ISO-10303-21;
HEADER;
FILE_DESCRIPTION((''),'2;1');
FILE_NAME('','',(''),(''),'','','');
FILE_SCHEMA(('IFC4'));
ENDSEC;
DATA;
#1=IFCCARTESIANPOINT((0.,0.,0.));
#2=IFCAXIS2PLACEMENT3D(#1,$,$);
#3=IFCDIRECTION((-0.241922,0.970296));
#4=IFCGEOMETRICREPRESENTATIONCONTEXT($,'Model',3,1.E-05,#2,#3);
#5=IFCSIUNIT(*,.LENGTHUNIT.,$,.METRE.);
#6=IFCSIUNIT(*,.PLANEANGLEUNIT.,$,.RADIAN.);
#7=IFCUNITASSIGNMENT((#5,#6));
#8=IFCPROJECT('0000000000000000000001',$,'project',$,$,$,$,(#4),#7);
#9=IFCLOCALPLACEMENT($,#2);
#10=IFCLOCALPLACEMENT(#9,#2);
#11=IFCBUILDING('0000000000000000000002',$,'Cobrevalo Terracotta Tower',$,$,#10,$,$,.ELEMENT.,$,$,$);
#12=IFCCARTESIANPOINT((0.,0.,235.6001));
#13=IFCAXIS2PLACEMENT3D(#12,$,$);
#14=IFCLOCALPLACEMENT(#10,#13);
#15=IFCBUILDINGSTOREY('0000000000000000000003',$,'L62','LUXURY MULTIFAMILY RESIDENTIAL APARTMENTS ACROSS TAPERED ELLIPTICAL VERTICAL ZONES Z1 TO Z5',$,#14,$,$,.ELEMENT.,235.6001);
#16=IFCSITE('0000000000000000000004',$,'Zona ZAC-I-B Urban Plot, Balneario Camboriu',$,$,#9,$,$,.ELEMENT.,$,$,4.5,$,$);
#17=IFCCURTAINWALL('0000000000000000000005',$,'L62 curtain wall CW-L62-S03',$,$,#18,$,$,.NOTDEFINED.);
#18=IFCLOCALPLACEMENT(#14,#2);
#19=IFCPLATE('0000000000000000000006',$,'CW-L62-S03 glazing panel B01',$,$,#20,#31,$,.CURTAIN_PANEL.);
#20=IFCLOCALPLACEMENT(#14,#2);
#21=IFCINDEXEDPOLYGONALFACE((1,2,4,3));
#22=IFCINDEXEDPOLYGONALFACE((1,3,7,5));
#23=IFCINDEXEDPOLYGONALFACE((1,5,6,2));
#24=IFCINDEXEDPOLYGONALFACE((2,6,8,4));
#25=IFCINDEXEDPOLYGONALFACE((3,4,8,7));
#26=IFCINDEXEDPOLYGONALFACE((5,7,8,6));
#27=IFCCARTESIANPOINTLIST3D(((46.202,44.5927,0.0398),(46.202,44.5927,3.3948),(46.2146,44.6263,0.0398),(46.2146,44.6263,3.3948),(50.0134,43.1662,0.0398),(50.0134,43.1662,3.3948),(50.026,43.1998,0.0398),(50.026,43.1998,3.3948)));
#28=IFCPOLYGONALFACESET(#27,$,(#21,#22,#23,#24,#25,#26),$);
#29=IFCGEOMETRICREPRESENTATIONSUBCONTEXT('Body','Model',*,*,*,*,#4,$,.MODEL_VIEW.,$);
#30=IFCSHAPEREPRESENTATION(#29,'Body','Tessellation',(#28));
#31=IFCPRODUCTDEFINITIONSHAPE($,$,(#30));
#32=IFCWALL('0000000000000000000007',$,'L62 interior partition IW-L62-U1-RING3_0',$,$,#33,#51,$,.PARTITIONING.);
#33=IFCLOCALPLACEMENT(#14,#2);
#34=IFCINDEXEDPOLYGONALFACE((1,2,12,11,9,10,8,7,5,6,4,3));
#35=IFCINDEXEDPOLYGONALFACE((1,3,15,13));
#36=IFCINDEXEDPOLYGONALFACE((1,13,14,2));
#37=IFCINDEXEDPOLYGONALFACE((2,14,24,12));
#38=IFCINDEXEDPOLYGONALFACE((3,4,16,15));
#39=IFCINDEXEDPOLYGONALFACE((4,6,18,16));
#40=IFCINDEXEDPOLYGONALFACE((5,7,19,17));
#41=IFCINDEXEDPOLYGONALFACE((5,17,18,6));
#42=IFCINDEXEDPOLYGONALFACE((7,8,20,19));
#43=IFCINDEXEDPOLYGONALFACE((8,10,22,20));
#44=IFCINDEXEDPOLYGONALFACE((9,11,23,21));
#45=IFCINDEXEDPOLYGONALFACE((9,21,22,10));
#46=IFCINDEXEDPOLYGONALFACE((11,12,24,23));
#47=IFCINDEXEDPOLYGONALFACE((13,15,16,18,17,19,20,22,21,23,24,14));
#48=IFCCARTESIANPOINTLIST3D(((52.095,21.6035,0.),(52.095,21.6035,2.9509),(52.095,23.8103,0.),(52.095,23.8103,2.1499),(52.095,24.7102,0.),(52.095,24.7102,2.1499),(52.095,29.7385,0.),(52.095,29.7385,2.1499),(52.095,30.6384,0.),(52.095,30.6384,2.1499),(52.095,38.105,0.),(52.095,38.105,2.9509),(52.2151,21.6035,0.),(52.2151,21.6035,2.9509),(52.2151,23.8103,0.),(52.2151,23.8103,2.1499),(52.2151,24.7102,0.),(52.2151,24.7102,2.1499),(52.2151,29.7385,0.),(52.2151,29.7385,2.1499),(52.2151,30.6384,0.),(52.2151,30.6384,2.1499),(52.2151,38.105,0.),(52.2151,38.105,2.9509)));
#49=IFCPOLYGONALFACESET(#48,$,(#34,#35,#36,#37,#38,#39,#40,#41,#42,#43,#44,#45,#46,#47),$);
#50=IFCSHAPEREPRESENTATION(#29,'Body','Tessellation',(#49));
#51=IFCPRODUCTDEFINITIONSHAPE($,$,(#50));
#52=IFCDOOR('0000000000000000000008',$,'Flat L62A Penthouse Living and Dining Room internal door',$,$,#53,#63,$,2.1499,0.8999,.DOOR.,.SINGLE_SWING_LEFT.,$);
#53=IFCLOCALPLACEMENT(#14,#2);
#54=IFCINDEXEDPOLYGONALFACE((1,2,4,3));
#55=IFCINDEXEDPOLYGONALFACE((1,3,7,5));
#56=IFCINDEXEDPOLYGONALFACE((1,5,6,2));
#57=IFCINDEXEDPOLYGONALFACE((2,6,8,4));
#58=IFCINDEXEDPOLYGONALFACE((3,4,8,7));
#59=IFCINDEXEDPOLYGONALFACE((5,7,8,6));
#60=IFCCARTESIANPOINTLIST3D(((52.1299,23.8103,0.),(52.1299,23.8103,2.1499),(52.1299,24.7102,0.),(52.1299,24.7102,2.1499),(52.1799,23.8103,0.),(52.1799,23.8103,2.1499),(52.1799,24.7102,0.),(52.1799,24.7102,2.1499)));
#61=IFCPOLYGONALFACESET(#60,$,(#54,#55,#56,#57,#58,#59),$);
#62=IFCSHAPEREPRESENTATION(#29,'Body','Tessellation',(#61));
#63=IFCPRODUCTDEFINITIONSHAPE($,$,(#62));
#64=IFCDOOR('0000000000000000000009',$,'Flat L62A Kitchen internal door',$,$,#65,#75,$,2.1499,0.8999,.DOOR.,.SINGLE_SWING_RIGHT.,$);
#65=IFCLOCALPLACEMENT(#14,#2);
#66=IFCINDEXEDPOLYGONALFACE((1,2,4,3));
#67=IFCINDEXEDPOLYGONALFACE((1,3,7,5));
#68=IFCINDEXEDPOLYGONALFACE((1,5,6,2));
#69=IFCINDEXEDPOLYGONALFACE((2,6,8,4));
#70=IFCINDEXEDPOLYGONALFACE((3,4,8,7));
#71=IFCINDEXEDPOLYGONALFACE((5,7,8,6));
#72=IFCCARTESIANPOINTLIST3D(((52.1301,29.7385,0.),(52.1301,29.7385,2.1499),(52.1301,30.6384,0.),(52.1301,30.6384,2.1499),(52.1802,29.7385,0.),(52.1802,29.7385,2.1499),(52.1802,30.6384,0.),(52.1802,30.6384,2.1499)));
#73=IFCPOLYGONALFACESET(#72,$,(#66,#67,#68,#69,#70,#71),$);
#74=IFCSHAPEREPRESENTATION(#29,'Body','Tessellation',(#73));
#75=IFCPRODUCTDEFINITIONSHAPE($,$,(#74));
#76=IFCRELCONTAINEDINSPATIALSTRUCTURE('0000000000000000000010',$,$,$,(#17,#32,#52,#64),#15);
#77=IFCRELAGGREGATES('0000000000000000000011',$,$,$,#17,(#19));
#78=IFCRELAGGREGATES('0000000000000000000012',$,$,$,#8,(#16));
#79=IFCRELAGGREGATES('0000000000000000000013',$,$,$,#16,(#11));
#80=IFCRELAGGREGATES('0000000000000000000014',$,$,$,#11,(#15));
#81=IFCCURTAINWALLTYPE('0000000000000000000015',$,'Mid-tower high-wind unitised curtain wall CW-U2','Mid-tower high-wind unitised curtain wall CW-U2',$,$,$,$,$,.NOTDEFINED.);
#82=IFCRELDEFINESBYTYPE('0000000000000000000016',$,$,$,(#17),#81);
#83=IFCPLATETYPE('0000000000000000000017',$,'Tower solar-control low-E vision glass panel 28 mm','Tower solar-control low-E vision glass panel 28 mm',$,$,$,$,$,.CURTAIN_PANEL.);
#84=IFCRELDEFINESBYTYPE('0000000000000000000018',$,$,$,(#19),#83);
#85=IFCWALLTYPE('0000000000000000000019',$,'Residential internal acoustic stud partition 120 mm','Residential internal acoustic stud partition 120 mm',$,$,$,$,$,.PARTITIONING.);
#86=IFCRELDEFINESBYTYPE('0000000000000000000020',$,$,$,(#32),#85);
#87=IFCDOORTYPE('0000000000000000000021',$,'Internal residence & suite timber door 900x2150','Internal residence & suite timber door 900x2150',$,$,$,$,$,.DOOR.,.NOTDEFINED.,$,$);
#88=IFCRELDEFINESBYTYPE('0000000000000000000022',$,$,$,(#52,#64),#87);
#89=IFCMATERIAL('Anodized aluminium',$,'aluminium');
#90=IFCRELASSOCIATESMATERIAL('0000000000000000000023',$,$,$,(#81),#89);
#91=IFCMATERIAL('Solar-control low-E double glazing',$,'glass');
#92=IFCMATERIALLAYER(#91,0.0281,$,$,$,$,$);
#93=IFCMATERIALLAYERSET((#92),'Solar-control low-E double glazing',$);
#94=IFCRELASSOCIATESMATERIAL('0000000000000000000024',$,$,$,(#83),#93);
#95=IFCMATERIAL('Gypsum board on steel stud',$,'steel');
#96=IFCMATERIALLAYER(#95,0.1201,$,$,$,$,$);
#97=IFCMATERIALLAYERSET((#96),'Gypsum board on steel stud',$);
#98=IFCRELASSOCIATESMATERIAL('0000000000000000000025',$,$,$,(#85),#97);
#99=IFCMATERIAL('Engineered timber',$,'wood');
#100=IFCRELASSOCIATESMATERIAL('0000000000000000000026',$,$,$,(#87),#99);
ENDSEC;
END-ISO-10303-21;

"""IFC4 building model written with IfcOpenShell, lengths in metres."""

from ifc_helpers import new_model, si_unit, direction, frame, frame_2d, origin, origin_2d, place, context, subcontext, project, spatial, rectangle, extrude, source, transform, mapped, material, layer, layer_set, type_object, element, fill, aggregate, save


model = new_model("IFC4")

# Units and contexts
model_context = context("Model", 3, precision=1e-05, world=origin(), true_north=direction((-0.241922, 0.970296)))
body_context = subcontext(model_context, "Body", "Model", "MODEL_VIEW")
ifc_project = project(units=[si_unit("LENGTHUNIT", "METRE"), si_unit("PLANEANGLEUNIT", "RADIAN")], contexts=[model_context])

# Site, building, storey
site_placement = place(None, origin())
site = spatial("IfcSite", under=ifc_project, at=site_placement, Name="Zona ZAC-I-B Urban Plot, Balneario Camboriu", CompositionType="ELEMENT", RefElevation=4.5)
building_placement = place(site_placement, origin())
building = spatial("IfcBuilding", under=site, at=building_placement, Name="Cobrevalo Terracotta Tower", CompositionType="ELEMENT")
storey_placement = place(building_placement, frame((0.0, 0.0, 235.6001)))
storey = spatial("IfcBuildingStorey", under=building, at=storey_placement, Name="L62", Description="LUXURY MULTIFAMILY RESIDENTIAL APARTMENTS ACROSS TAPERED ELLIPTICAL VERTICAL ZONES Z1 TO Z5", CompositionType="ELEMENT", Elevation=235.6001)

# Curtain wall
ifc_material_1 = material(Name="Anodized aluminium", Category="aluminium")
curtain_wall_type = type_object("IfcCurtainWallType", Name="Mid-tower high-wind unitised curtain wall CW-U2", Description="Mid-tower high-wind unitised curtain wall CW-U2", PredefinedType="NOTDEFINED", material=ifc_material_1)
curtain_wall_1_placement = place(storey_placement, origin())
curtain_wall_1 = element("IfcCurtainWall", 1, at=curtain_wall_1_placement, inside=storey, type_object=curtain_wall_type, Name="L62 curtain wall CW-L62-S03", PredefinedType="NOTDEFINED")

# Plate
ifc_material_2 = material(Name="Solar-control low-E double glazing", Category="glass")
ifc_layer_1 = layer(ifc_material_2, 0.0281)
ifc_layer_set_1 = layer_set([ifc_layer_1], Name="Solar-control low-E double glazing")
plate_type = type_object("IfcPlateType", Name="Tower solar-control low-E vision glass panel 28 mm", Description="Tower solar-control low-E vision glass panel 28 mm", PredefinedType="CURTAIN_PANEL", material=ifc_layer_set_1)
shared_shape_1 = source(origin(), body_context, "Body", "SweptSolid", [
    extrude(rectangle(XDim=4.0696, YDim=0.0359, at=origin_2d()), origin(), (0.0, 0.0, 1.0), 3.355),
])
plate_1_placement = place(storey_placement, frame((48.114, 43.8962, 0.0398), z_axis=(0.0, 0.0, 1.0), x_axis=(-0.936558, 0.350513, 0.0)))
plate_1 = element("IfcPlate", 2, at=plate_1_placement, type_object=plate_type, Name="CW-L62-S03 glazing panel B01", PredefinedType="CURTAIN_PANEL", context=body_context, shape_type="MappedRepresentation", body=[
    mapped(shared_shape_1, transform((0.0, 0.0, 0.0), scale=1.0)),
])
aggregate(curtain_wall_1, [plate_1])

# Wall, openings, doors
ifc_material_3 = material(Name="Gypsum board on steel stud", Category="steel")
ifc_layer_2 = layer(ifc_material_3, 0.1201)
ifc_layer_set_2 = layer_set([ifc_layer_2], Name="Gypsum board on steel stud")
wall_type = type_object("IfcWallType", Name="Residential internal acoustic stud partition 120 mm", Description="Residential internal acoustic stud partition 120 mm", PredefinedType="PARTITIONING", material=ifc_layer_set_2)
wall_placement = place(storey_placement, frame((52.155, 38.105, 0.0), z_axis=(0.0, 0.0, 1.0), x_axis=(0.0, -1.0, 0.0)))
wall = element("IfcWall", 3, at=wall_placement, inside=storey, type_object=wall_type, Name="L62 interior partition IW-L62-U1-RING3_0", PredefinedType="PARTITIONING", context=body_context, shape_type="SweptSolid", body=[
    extrude(rectangle(XDim=16.5015, YDim=0.1201, at=frame_2d((8.2507, 0.0))), origin(), (0.0, 0.0, 1.0), 2.9509),
])
opening_1_placement = place(wall_placement, frame((13.3948, 0.0, 0.0)))
opening_1 = element("IfcOpeningElement", 4, at=opening_1_placement, cuts=wall, PredefinedType="OPENING", context=body_context, shape_type="SweptSolid", body=[
    extrude(rectangle(XDim=0.8999, YDim=2.1499, at=frame_2d((0.45, 1.075))), frame((0.0, 0.0701, 0.0), z_axis=(0.0, -1.0, 0.0), x_axis=(1.0, 0.0, 0.0)), (0.0, 0.0, 1.0), 0.1401),
])
opening_2_placement = place(wall_placement, frame((7.4666, 0.0, 0.0)))
opening_2 = element("IfcOpeningElement", 5, at=opening_2_placement, cuts=wall, PredefinedType="OPENING", context=body_context, shape_type="SweptSolid", body=[
    extrude(rectangle(XDim=0.8999, YDim=2.1499, at=frame_2d((0.45, 1.075))), frame((0.0, 0.0701, 0.0), z_axis=(0.0, -1.0, 0.0), x_axis=(1.0, 0.0, 0.0)), (0.0, 0.0, 1.0), 0.1401),
])
ifc_material_4 = material(Name="Engineered timber", Category="wood")
door_type = type_object("IfcDoorType", Name="Internal residence & suite timber door 900x2150", Description="Internal residence & suite timber door 900x2150", OperationType="NOTDEFINED", PredefinedType="DOOR", material=ifc_material_4)
shared_shape_2 = source(origin(), body_context, "Body", "SweptSolid", [
    extrude(rectangle(XDim=0.8999, YDim=2.1499, at=frame_2d((0.45, 1.075))), frame((0.0, 0.0249, 0.0), z_axis=(0.0, -1.0, 0.0), x_axis=(1.0, 0.0, 0.0)), (0.0, 0.0, 1.0), 0.05),
])
door_1_placement = place(opening_1_placement, origin())
door_1 = element("IfcDoor", 6, at=door_1_placement, inside=storey, type_object=door_type, Name="Flat L62A Penthouse Living and Dining Room internal door", OperationType="SINGLE_SWING_LEFT", OverallHeight=2.1499, OverallWidth=0.8999, PredefinedType="DOOR", context=body_context, shape_type="MappedRepresentation", body=[
    mapped(shared_shape_2, transform((0.0, 0.0, 0.0), scale=1.0)),
])
fill(opening_1, door_1)
door_2_placement = place(opening_2_placement, frame((0.8999, 0.0, 0.0), z_axis=(0.0, 0.0, 1.0), x_axis=(-1.0, 0.0, 0.0)))
door_2 = element("IfcDoor", 7, at=door_2_placement, inside=storey, type_object=door_type, Name="Flat L62A Kitchen internal door", OperationType="SINGLE_SWING_RIGHT", OverallHeight=2.1499, OverallWidth=0.8999, PredefinedType="DOOR", context=body_context, shape_type="MappedRepresentation", body=[
    mapped(shared_shape_2, transform((0.0, 0.0, 0.0), scale=1.0)),
])
fill(opening_2, door_2)

save(model, "model.ifc")
